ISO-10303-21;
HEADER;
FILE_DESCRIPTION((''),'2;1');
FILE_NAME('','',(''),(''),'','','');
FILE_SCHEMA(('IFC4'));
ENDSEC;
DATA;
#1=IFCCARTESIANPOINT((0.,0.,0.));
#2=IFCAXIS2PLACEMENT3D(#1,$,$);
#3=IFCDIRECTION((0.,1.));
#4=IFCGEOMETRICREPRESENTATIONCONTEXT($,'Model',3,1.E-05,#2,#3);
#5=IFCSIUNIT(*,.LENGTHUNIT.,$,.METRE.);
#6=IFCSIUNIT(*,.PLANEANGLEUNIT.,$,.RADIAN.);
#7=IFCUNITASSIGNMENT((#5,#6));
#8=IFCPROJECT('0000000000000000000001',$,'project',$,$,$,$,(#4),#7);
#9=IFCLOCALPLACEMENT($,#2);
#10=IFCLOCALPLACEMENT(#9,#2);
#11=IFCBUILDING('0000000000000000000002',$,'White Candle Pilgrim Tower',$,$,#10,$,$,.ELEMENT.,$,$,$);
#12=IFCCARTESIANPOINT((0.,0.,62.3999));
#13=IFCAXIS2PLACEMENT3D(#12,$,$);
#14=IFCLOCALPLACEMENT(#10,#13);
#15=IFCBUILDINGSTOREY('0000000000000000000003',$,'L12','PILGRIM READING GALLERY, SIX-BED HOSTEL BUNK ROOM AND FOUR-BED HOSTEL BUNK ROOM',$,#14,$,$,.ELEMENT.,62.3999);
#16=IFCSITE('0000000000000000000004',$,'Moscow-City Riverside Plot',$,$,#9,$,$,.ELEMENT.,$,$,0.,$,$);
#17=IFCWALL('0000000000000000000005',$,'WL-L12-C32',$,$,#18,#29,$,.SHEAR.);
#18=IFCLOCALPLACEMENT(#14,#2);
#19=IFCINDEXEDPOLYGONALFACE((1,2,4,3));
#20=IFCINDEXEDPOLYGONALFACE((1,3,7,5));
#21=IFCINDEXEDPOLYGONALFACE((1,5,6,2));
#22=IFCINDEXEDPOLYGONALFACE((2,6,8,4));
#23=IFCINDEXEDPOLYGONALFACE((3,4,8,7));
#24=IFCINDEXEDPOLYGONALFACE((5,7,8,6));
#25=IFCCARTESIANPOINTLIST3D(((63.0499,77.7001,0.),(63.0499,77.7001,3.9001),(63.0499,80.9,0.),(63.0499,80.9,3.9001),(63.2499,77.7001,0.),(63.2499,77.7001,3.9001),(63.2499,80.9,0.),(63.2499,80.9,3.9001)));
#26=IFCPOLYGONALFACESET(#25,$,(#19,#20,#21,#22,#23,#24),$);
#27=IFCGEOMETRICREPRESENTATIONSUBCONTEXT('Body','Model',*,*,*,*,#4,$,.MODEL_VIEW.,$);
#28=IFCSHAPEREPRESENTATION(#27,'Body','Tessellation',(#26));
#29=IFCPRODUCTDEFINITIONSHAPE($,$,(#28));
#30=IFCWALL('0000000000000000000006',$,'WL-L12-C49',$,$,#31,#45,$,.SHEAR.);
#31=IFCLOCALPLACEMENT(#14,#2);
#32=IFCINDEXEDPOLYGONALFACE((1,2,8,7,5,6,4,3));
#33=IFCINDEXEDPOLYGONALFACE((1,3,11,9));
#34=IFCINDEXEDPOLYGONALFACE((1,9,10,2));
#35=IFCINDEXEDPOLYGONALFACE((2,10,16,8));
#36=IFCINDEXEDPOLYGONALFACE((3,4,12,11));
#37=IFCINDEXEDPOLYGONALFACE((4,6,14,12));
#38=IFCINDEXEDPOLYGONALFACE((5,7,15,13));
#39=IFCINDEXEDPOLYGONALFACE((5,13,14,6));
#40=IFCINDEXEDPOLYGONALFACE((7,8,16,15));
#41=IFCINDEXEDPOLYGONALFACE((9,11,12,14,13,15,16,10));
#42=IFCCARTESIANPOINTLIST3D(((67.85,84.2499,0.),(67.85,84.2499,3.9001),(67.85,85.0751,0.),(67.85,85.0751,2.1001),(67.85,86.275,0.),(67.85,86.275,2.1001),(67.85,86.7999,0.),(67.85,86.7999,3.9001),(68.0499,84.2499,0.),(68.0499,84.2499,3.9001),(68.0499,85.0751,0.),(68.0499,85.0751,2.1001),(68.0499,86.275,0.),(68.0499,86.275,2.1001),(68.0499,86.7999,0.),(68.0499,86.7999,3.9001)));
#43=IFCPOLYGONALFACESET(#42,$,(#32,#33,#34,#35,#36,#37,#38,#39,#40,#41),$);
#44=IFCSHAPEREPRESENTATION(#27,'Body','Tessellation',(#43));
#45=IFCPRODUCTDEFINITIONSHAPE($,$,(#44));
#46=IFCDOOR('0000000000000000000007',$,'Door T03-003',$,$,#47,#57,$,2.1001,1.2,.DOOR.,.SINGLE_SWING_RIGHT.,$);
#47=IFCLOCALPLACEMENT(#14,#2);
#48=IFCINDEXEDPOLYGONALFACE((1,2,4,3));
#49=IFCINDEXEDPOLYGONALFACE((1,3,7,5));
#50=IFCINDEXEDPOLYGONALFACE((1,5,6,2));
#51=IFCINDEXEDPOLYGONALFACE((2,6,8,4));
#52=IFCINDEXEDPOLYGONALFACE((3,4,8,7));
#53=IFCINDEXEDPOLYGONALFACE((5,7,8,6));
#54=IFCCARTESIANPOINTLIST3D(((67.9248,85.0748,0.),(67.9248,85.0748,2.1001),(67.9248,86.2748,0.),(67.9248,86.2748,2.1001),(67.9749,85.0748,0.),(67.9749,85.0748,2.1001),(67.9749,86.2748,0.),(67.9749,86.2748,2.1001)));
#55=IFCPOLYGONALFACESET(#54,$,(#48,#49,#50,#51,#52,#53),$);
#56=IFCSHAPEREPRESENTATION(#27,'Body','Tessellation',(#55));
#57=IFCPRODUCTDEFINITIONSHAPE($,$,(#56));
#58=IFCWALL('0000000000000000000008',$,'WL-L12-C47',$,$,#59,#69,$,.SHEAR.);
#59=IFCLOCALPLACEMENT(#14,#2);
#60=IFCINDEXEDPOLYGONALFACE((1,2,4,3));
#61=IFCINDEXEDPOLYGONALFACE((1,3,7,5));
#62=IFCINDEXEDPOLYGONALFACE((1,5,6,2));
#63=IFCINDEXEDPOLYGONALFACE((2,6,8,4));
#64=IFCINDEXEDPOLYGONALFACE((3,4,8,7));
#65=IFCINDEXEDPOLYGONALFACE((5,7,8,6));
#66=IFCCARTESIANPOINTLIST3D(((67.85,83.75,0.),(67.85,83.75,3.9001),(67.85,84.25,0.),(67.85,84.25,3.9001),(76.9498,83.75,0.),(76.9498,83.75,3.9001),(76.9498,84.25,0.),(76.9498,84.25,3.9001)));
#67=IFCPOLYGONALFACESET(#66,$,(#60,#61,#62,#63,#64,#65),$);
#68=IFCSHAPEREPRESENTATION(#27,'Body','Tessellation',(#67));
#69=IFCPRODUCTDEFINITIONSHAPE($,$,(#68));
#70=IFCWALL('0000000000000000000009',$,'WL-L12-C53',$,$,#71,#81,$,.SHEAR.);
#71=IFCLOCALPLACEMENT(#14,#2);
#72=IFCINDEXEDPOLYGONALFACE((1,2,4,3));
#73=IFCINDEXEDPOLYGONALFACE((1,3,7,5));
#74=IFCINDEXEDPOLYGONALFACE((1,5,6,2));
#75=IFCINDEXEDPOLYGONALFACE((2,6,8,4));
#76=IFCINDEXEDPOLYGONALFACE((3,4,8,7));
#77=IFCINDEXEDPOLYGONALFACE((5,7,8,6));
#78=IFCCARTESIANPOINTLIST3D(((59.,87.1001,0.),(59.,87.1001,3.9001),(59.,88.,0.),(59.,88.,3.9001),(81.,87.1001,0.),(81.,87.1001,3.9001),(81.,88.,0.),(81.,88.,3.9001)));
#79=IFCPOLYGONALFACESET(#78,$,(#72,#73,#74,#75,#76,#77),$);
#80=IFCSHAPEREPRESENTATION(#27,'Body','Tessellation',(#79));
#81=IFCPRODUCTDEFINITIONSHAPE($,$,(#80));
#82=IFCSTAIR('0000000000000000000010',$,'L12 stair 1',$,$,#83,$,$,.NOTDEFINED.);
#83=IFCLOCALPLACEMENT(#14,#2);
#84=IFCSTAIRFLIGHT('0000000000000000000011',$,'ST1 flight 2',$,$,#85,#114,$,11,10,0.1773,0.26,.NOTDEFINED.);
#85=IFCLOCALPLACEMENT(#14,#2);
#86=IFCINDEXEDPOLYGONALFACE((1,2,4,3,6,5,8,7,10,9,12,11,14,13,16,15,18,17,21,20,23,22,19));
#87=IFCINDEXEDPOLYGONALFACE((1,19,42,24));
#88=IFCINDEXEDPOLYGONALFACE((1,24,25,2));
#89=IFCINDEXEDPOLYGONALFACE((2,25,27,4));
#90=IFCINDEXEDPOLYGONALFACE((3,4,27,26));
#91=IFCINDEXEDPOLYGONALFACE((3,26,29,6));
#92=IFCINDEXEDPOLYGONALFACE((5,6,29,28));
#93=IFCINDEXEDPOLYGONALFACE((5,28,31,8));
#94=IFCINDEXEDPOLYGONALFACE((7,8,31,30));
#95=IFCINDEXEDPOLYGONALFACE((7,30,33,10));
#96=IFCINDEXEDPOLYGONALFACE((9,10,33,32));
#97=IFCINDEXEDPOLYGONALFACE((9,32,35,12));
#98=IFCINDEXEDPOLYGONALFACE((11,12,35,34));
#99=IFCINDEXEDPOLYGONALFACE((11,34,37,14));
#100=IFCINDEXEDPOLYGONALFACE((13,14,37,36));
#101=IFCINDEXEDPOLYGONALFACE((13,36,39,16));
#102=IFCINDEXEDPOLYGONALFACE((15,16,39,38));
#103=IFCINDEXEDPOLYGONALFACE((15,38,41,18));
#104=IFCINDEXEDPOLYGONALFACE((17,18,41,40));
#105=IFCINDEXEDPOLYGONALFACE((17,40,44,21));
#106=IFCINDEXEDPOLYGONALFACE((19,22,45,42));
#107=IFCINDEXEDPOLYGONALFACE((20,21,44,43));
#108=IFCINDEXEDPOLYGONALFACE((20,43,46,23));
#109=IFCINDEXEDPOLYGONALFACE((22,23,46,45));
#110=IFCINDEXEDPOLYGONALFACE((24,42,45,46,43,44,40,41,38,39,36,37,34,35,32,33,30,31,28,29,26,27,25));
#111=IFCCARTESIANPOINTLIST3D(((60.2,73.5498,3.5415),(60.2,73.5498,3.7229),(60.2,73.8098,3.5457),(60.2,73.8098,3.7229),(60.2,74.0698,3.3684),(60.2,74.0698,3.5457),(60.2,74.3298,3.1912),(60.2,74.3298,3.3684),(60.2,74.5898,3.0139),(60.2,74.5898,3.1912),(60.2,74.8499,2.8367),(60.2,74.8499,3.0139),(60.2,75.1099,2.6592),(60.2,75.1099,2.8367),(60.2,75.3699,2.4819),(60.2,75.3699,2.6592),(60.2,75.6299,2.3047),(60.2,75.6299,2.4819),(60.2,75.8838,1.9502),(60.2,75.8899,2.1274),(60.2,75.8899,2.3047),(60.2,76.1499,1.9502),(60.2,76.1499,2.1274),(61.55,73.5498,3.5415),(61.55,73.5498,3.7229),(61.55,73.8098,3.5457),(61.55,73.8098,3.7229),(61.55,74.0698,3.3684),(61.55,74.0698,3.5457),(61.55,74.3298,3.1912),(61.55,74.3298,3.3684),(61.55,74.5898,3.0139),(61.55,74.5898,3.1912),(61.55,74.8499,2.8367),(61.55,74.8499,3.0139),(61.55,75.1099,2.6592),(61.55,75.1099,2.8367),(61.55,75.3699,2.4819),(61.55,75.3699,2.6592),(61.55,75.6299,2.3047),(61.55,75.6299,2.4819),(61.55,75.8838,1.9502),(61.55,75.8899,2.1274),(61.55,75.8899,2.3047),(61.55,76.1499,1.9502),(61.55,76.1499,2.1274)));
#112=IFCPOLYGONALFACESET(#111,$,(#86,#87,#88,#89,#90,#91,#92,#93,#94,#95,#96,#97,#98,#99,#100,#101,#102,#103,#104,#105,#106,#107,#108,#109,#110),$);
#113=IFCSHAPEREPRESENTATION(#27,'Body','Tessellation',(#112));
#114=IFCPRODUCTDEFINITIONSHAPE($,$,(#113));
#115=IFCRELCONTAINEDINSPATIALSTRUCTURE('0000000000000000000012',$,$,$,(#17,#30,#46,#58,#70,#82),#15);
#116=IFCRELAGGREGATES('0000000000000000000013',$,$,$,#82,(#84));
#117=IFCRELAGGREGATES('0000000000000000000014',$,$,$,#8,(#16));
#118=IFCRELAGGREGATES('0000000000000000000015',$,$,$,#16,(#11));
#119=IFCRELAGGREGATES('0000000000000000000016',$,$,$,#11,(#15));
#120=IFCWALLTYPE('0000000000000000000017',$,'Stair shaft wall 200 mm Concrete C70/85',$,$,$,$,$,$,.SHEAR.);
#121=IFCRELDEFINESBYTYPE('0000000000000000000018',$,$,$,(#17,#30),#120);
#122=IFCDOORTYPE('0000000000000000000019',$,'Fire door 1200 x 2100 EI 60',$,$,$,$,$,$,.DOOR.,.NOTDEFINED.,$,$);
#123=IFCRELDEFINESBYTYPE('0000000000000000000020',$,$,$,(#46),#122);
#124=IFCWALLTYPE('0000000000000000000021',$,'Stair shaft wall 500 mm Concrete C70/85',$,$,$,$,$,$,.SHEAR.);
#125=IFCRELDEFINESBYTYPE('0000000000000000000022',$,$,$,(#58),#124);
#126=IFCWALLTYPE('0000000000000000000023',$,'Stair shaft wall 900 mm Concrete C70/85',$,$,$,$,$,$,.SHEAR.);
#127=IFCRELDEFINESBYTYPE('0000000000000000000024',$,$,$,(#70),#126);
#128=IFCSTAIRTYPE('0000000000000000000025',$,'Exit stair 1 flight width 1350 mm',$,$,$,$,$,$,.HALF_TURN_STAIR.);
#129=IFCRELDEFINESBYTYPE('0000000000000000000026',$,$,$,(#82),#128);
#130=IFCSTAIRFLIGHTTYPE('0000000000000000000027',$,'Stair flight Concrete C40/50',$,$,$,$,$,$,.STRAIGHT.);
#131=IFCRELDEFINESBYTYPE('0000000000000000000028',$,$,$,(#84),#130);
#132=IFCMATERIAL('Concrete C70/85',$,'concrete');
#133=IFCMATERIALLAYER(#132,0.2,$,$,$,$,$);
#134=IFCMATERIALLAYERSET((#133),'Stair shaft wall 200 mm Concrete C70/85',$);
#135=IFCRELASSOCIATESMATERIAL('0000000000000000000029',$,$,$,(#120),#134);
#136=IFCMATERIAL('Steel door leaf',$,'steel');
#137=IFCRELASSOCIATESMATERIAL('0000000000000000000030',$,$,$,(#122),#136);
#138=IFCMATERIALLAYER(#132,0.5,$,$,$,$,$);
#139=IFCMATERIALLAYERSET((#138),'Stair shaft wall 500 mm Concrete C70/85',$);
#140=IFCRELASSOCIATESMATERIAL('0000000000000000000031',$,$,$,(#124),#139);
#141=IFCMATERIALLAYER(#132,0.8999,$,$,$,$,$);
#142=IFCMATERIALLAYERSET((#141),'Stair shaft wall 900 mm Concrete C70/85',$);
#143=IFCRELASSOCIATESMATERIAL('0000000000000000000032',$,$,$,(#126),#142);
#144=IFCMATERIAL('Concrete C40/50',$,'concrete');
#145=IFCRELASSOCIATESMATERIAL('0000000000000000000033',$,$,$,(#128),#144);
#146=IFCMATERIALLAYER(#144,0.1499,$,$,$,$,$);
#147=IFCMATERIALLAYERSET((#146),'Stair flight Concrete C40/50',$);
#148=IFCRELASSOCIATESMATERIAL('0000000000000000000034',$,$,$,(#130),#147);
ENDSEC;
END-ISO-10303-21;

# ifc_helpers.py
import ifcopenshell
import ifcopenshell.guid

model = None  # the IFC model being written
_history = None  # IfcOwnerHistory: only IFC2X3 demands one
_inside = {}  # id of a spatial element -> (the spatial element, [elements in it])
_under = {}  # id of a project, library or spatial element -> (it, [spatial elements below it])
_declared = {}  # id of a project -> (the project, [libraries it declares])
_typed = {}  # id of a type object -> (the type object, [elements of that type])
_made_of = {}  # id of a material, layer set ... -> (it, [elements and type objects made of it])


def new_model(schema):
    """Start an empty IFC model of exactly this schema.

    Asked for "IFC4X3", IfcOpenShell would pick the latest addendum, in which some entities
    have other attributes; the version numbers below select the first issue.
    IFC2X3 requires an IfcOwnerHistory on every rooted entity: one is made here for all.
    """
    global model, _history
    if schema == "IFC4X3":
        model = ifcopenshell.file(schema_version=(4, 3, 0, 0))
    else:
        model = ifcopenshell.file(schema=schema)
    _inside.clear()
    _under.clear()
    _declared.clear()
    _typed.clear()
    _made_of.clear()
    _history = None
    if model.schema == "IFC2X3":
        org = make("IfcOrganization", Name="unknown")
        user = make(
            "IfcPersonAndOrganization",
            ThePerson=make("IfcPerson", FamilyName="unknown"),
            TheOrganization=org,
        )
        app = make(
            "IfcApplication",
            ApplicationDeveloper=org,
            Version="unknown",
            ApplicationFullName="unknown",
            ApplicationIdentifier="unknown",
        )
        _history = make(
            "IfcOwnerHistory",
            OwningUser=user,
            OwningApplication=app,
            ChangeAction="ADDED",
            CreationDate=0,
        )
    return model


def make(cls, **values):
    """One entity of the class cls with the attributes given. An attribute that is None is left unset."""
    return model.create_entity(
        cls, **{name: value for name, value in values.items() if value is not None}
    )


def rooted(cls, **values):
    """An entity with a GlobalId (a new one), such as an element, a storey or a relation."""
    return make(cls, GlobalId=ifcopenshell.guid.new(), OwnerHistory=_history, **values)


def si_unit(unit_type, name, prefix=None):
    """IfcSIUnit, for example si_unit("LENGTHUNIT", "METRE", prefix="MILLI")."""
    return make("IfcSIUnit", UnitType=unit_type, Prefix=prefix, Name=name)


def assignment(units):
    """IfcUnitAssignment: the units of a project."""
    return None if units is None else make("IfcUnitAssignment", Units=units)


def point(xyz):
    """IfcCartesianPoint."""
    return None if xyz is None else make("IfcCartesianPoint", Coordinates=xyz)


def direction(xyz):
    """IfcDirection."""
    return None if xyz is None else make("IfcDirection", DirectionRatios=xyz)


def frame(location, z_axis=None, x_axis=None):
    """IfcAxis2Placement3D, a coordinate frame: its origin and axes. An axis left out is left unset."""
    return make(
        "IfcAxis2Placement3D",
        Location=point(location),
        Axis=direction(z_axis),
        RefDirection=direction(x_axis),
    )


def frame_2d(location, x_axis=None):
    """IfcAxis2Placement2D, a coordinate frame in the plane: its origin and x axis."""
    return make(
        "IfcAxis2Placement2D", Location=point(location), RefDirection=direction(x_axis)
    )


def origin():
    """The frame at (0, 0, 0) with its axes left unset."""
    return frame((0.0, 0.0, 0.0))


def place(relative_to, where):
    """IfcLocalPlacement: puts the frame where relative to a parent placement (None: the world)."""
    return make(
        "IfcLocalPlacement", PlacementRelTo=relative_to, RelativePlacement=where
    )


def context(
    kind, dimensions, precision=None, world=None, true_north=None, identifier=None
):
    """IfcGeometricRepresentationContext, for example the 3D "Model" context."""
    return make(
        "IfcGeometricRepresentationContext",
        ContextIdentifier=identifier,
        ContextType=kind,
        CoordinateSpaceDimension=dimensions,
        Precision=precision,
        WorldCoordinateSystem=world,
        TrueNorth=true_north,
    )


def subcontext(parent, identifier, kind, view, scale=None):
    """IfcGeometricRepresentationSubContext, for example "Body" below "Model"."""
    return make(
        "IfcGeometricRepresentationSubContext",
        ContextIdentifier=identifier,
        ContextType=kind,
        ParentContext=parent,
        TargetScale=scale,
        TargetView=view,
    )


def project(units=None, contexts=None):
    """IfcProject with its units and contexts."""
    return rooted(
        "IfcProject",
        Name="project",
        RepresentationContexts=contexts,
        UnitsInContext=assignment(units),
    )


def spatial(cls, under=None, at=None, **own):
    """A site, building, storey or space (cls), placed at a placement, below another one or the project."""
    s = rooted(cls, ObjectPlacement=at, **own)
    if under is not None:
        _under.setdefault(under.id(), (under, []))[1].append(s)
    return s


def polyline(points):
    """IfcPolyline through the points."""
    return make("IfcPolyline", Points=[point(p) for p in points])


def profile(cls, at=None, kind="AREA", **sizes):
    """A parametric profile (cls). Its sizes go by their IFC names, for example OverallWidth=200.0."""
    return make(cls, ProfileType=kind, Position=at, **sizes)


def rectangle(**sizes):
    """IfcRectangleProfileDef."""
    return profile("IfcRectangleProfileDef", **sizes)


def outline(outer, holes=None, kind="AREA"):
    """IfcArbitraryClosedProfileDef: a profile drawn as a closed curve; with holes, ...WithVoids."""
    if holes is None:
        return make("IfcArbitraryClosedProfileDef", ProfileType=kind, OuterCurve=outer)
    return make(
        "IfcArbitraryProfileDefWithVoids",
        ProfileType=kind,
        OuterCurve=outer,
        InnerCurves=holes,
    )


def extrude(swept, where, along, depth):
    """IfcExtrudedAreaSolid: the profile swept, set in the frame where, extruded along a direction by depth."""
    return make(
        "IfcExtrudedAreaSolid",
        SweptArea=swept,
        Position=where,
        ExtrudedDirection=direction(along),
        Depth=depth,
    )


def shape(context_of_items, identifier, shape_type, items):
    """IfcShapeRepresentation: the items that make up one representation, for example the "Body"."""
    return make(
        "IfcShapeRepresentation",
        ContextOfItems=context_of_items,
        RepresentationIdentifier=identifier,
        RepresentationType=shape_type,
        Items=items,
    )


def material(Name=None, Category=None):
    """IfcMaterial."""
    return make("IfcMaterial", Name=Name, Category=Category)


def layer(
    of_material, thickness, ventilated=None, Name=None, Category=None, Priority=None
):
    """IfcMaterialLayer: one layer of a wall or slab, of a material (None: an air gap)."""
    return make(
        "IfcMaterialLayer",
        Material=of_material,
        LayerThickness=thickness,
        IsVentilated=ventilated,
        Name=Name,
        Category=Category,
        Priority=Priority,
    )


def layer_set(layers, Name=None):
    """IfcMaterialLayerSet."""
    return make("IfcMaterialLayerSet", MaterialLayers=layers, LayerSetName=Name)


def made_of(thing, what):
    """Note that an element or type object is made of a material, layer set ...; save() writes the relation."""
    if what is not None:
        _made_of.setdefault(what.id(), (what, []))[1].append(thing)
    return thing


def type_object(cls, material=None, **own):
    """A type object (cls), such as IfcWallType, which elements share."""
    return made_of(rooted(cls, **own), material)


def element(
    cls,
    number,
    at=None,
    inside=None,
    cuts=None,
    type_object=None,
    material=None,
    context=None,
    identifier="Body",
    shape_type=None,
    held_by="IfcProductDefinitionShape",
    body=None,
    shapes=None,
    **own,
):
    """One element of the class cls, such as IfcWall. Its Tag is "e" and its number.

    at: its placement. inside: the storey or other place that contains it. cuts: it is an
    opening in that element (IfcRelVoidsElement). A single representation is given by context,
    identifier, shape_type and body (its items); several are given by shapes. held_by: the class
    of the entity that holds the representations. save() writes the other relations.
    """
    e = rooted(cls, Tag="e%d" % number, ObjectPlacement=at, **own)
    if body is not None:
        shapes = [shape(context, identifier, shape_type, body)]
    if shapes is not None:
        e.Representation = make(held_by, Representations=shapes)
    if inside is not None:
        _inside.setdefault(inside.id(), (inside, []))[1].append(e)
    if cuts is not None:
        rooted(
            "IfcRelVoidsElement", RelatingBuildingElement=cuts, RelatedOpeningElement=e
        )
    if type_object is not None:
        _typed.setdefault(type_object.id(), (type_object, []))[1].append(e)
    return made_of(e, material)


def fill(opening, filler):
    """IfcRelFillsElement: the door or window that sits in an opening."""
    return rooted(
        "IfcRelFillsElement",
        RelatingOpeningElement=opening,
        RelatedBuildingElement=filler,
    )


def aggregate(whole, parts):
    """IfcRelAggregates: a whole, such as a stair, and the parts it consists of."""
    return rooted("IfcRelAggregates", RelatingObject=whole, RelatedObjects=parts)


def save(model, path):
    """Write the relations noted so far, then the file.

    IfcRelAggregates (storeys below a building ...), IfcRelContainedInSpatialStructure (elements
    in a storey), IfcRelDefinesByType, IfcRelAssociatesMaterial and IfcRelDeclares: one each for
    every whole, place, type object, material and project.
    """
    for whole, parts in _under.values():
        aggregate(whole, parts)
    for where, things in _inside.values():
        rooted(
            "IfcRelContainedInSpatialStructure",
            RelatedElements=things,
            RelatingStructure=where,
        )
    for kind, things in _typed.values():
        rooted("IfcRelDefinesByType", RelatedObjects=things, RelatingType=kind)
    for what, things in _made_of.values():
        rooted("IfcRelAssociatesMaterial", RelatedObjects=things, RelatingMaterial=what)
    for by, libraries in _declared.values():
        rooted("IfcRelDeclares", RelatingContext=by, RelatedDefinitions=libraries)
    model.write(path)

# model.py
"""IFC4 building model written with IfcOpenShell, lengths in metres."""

from ifc_helpers import new_model, si_unit, direction, frame, frame_2d, origin, place, context, subcontext, project, spatial, polyline, rectangle, outline, extrude, material, layer, layer_set, type_object, element, fill, aggregate, save


model = new_model("IFC4")

# Units and contexts
model_context = context("Model", 3, precision=1e-05, world=origin(), true_north=direction((0.0, 1.0)))
body_context = subcontext(model_context, "Body", "Model", "MODEL_VIEW")
ifc_project = project(units=[si_unit("LENGTHUNIT", "METRE"), si_unit("PLANEANGLEUNIT", "RADIAN")], contexts=[model_context])

# Site, building, storey
site_placement = place(None, origin())
site = spatial("IfcSite", under=ifc_project, at=site_placement, Name="Moscow-City Riverside Plot", CompositionType="ELEMENT", RefElevation=0.0)
building_placement = place(site_placement, origin())
building = spatial("IfcBuilding", under=site, at=building_placement, Name="White Candle Pilgrim Tower", CompositionType="ELEMENT")
storey_placement = place(building_placement, frame((0.0, 0.0, 62.3999)))
storey = spatial("IfcBuildingStorey", under=building, at=storey_placement, Name="L12", Description="PILGRIM READING GALLERY, SIX-BED HOSTEL BUNK ROOM AND FOUR-BED HOSTEL BUNK ROOM", CompositionType="ELEMENT", Elevation=62.3999)

# Shared definitions
ifc_material_1 = material(Name="Concrete C70/85", Category="concrete")
ifc_material_2 = material(Name="Steel door leaf", Category="steel")

# Shared definitions
ifc_layer_1 = layer(ifc_material_1, 0.2)
ifc_layer_set_1 = layer_set([ifc_layer_1], Name="Stair shaft wall 200 mm Concrete C70/85")
wall_type_1 = type_object("IfcWallType", Name="Stair shaft wall 200 mm Concrete C70/85", PredefinedType="SHEAR", material=ifc_layer_set_1)

# Wall
wall_1_placement = place(storey_placement, frame((63.1499, 77.7, 0.0), z_axis=(0.0, 0.0, 1.0), x_axis=(0.0, 1.0, 0.0)))
element("IfcWall", 1, at=wall_1_placement, inside=storey, type_object=wall_type_1, Name="WL-L12-C32", PredefinedType="SHEAR", context=body_context, shape_type="SweptSolid", body=[
    extrude(rectangle(XDim=3.2, YDim=0.2, at=frame_2d((1.6001, 0.0))), origin(), (0.0, 0.0, 1.0), 3.9001),
])

# Wall, opening, door
wall_2_placement = place(storey_placement, frame((67.95, 84.25, 0.0), z_axis=(0.0, 0.0, 1.0), x_axis=(0.0, 1.0, 0.0)))
wall_2 = element("IfcWall", 2, at=wall_2_placement, inside=storey, type_object=wall_type_1, Name="WL-L12-C49", PredefinedType="SHEAR", context=body_context, shape_type="SweptSolid", body=[
    extrude(rectangle(XDim=2.55, YDim=0.2, at=frame_2d((1.2749, 0.0))), origin(), (0.0, 0.0, 1.0), 3.9001),
])
opening_1_placement = place(wall_2_placement, frame((0.825, 0.0, 0.0)))
opening_1 = element("IfcOpeningElement", 3, at=opening_1_placement, cuts=wall_2, PredefinedType="OPENING", context=body_context, shape_type="SweptSolid", body=[
    extrude(rectangle(XDim=1.2, YDim=2.1001, at=frame_2d((0.6001, 1.05))), frame((0.0, 0.1099, 0.0), z_axis=(0.0, -1.0, 0.0), x_axis=(1.0, 0.0, 0.0)), (0.0, 0.0, 1.0), 0.22),
])
door_type_1 = type_object("IfcDoorType", Name="Fire door 1200 x 2100 EI 60", OperationType="NOTDEFINED", PredefinedType="DOOR", material=ifc_material_2)
door_1_placement = place(opening_1_placement, frame((1.2, 0.0, 0.0), z_axis=(0.0, 0.0, 1.0), x_axis=(-1.0, 0.0, 0.0)))
door_1 = element("IfcDoor", 4, at=door_1_placement, inside=storey, type_object=door_type_1, Name="Door T03-003", OperationType="SINGLE_SWING_RIGHT", OverallHeight=2.1001, OverallWidth=1.2, PredefinedType="DOOR", context=body_context, shape_type="SweptSolid", body=[
    extrude(rectangle(XDim=1.2, YDim=2.1001, at=frame_2d((0.6001, 1.05))), frame((0.0, 0.0249, 0.0), z_axis=(0.0, -1.0, 0.0), x_axis=(1.0, 0.0, 0.0)), (0.0, 0.0, 1.0), 0.05),
])
fill(opening_1, door_1)

# Walls
ifc_layer_2 = layer(ifc_material_1, 0.5)
ifc_layer_set_2 = layer_set([ifc_layer_2], Name="Stair shaft wall 500 mm Concrete C70/85")
wall_type_2 = type_object("IfcWallType", Name="Stair shaft wall 500 mm Concrete C70/85", PredefinedType="SHEAR", material=ifc_layer_set_2)
wall_3_placement = place(storey_placement, frame((67.8501, 84.0, 0.0), z_axis=(0.0, 0.0, 1.0), x_axis=(1.0, 0.0, 0.0)))
element("IfcWall", 5, at=wall_3_placement, inside=storey, type_object=wall_type_2, Name="WL-L12-C47", PredefinedType="SHEAR", context=body_context, shape_type="SweptSolid", body=[
    extrude(rectangle(XDim=9.0999, YDim=0.5, at=frame_2d((4.5498, 0.0))), origin(), (0.0, 0.0, 1.0), 3.9001),
])
ifc_layer_3 = layer(ifc_material_1, 0.8999)
ifc_layer_set_3 = layer_set([ifc_layer_3], Name="Stair shaft wall 900 mm Concrete C70/85")
wall_type_3 = type_object("IfcWallType", Name="Stair shaft wall 900 mm Concrete C70/85", PredefinedType="SHEAR", material=ifc_layer_set_3)
wall_4_placement = place(storey_placement, frame((59.0, 87.55, 0.0), z_axis=(0.0, 0.0, 1.0), x_axis=(1.0, 0.0, 0.0)))
element("IfcWall", 6, at=wall_4_placement, inside=storey, type_object=wall_type_3, Name="WL-L12-C53", PredefinedType="SHEAR", context=body_context, shape_type="SweptSolid", body=[
    extrude(rectangle(XDim=22.0, YDim=0.8999, at=frame_2d((11.0, 0.0))), origin(), (0.0, 0.0, 1.0), 3.9001),
])

# Stair, stair flight
ifc_material_3 = material(Name="Concrete C40/50", Category="concrete")
stair_type = type_object("IfcStairType", Name="Exit stair 1 flight width 1350 mm", PredefinedType="HALF_TURN_STAIR", material=ifc_material_3)
stair_placement = place(storey_placement, origin())
stair = element("IfcStair", 7, at=stair_placement, inside=storey, type_object=stair_type, Name="L12 stair 1", PredefinedType="NOTDEFINED")
ifc_layer_4 = layer(ifc_material_3, 0.1499)
ifc_layer_set_4 = layer_set([ifc_layer_4], Name="Stair flight Concrete C40/50")
stair_flight_type = type_object("IfcStairFlightType", Name="Stair flight Concrete C40/50", PredefinedType="STRAIGHT", material=ifc_layer_set_4)
stair_flight_placement = place(storey_placement, frame((60.875, 76.1499, 1.9502), z_axis=(0.0, 0.0, 1.0), x_axis=(0.0, -1.0, 0.0)))
stair_flight = element("IfcStairFlight", 8, at=stair_flight_placement, type_object=stair_flight_type, Name="ST1 flight 2", NumberOfRisers=11, NumberOfTreads=10, PredefinedType="NOTDEFINED", RiserHeight=0.1773, TreadLength=0.26, context=body_context, shape_type="SweptSolid", body=[
    extrude(outline(polyline([(0.0, 0.0), (0.0, 0.1772), (0.26, 0.1772), (0.26, 0.3545), (0.52, 0.3545), (0.52, 0.5317), (0.78, 0.5317), (0.78, 0.709), (1.04, 0.709), (1.04, 0.8865), (1.3, 0.8865), (1.3, 1.0637), (1.5601, 1.0637), (1.5601, 1.241), (1.8201, 1.241), (1.8201, 1.4182), (2.0801, 1.4182), (2.0801, 1.5955), (2.3401, 1.5955), (2.3401, 1.7727), (2.6001, 1.7727), (2.6001, 1.95), (2.6001, 1.5913), (0.2661, 0.0), (0.0, 0.0)])), frame((0.0, 0.675, 0.0), z_axis=(0.0, -1.0, 0.0), x_axis=(1.0, 0.0, 0.0)), (0.0, 0.0, 1.0), 1.3501),
])
aggregate(stair, [stair_flight])

save(model, "model.ifc")
